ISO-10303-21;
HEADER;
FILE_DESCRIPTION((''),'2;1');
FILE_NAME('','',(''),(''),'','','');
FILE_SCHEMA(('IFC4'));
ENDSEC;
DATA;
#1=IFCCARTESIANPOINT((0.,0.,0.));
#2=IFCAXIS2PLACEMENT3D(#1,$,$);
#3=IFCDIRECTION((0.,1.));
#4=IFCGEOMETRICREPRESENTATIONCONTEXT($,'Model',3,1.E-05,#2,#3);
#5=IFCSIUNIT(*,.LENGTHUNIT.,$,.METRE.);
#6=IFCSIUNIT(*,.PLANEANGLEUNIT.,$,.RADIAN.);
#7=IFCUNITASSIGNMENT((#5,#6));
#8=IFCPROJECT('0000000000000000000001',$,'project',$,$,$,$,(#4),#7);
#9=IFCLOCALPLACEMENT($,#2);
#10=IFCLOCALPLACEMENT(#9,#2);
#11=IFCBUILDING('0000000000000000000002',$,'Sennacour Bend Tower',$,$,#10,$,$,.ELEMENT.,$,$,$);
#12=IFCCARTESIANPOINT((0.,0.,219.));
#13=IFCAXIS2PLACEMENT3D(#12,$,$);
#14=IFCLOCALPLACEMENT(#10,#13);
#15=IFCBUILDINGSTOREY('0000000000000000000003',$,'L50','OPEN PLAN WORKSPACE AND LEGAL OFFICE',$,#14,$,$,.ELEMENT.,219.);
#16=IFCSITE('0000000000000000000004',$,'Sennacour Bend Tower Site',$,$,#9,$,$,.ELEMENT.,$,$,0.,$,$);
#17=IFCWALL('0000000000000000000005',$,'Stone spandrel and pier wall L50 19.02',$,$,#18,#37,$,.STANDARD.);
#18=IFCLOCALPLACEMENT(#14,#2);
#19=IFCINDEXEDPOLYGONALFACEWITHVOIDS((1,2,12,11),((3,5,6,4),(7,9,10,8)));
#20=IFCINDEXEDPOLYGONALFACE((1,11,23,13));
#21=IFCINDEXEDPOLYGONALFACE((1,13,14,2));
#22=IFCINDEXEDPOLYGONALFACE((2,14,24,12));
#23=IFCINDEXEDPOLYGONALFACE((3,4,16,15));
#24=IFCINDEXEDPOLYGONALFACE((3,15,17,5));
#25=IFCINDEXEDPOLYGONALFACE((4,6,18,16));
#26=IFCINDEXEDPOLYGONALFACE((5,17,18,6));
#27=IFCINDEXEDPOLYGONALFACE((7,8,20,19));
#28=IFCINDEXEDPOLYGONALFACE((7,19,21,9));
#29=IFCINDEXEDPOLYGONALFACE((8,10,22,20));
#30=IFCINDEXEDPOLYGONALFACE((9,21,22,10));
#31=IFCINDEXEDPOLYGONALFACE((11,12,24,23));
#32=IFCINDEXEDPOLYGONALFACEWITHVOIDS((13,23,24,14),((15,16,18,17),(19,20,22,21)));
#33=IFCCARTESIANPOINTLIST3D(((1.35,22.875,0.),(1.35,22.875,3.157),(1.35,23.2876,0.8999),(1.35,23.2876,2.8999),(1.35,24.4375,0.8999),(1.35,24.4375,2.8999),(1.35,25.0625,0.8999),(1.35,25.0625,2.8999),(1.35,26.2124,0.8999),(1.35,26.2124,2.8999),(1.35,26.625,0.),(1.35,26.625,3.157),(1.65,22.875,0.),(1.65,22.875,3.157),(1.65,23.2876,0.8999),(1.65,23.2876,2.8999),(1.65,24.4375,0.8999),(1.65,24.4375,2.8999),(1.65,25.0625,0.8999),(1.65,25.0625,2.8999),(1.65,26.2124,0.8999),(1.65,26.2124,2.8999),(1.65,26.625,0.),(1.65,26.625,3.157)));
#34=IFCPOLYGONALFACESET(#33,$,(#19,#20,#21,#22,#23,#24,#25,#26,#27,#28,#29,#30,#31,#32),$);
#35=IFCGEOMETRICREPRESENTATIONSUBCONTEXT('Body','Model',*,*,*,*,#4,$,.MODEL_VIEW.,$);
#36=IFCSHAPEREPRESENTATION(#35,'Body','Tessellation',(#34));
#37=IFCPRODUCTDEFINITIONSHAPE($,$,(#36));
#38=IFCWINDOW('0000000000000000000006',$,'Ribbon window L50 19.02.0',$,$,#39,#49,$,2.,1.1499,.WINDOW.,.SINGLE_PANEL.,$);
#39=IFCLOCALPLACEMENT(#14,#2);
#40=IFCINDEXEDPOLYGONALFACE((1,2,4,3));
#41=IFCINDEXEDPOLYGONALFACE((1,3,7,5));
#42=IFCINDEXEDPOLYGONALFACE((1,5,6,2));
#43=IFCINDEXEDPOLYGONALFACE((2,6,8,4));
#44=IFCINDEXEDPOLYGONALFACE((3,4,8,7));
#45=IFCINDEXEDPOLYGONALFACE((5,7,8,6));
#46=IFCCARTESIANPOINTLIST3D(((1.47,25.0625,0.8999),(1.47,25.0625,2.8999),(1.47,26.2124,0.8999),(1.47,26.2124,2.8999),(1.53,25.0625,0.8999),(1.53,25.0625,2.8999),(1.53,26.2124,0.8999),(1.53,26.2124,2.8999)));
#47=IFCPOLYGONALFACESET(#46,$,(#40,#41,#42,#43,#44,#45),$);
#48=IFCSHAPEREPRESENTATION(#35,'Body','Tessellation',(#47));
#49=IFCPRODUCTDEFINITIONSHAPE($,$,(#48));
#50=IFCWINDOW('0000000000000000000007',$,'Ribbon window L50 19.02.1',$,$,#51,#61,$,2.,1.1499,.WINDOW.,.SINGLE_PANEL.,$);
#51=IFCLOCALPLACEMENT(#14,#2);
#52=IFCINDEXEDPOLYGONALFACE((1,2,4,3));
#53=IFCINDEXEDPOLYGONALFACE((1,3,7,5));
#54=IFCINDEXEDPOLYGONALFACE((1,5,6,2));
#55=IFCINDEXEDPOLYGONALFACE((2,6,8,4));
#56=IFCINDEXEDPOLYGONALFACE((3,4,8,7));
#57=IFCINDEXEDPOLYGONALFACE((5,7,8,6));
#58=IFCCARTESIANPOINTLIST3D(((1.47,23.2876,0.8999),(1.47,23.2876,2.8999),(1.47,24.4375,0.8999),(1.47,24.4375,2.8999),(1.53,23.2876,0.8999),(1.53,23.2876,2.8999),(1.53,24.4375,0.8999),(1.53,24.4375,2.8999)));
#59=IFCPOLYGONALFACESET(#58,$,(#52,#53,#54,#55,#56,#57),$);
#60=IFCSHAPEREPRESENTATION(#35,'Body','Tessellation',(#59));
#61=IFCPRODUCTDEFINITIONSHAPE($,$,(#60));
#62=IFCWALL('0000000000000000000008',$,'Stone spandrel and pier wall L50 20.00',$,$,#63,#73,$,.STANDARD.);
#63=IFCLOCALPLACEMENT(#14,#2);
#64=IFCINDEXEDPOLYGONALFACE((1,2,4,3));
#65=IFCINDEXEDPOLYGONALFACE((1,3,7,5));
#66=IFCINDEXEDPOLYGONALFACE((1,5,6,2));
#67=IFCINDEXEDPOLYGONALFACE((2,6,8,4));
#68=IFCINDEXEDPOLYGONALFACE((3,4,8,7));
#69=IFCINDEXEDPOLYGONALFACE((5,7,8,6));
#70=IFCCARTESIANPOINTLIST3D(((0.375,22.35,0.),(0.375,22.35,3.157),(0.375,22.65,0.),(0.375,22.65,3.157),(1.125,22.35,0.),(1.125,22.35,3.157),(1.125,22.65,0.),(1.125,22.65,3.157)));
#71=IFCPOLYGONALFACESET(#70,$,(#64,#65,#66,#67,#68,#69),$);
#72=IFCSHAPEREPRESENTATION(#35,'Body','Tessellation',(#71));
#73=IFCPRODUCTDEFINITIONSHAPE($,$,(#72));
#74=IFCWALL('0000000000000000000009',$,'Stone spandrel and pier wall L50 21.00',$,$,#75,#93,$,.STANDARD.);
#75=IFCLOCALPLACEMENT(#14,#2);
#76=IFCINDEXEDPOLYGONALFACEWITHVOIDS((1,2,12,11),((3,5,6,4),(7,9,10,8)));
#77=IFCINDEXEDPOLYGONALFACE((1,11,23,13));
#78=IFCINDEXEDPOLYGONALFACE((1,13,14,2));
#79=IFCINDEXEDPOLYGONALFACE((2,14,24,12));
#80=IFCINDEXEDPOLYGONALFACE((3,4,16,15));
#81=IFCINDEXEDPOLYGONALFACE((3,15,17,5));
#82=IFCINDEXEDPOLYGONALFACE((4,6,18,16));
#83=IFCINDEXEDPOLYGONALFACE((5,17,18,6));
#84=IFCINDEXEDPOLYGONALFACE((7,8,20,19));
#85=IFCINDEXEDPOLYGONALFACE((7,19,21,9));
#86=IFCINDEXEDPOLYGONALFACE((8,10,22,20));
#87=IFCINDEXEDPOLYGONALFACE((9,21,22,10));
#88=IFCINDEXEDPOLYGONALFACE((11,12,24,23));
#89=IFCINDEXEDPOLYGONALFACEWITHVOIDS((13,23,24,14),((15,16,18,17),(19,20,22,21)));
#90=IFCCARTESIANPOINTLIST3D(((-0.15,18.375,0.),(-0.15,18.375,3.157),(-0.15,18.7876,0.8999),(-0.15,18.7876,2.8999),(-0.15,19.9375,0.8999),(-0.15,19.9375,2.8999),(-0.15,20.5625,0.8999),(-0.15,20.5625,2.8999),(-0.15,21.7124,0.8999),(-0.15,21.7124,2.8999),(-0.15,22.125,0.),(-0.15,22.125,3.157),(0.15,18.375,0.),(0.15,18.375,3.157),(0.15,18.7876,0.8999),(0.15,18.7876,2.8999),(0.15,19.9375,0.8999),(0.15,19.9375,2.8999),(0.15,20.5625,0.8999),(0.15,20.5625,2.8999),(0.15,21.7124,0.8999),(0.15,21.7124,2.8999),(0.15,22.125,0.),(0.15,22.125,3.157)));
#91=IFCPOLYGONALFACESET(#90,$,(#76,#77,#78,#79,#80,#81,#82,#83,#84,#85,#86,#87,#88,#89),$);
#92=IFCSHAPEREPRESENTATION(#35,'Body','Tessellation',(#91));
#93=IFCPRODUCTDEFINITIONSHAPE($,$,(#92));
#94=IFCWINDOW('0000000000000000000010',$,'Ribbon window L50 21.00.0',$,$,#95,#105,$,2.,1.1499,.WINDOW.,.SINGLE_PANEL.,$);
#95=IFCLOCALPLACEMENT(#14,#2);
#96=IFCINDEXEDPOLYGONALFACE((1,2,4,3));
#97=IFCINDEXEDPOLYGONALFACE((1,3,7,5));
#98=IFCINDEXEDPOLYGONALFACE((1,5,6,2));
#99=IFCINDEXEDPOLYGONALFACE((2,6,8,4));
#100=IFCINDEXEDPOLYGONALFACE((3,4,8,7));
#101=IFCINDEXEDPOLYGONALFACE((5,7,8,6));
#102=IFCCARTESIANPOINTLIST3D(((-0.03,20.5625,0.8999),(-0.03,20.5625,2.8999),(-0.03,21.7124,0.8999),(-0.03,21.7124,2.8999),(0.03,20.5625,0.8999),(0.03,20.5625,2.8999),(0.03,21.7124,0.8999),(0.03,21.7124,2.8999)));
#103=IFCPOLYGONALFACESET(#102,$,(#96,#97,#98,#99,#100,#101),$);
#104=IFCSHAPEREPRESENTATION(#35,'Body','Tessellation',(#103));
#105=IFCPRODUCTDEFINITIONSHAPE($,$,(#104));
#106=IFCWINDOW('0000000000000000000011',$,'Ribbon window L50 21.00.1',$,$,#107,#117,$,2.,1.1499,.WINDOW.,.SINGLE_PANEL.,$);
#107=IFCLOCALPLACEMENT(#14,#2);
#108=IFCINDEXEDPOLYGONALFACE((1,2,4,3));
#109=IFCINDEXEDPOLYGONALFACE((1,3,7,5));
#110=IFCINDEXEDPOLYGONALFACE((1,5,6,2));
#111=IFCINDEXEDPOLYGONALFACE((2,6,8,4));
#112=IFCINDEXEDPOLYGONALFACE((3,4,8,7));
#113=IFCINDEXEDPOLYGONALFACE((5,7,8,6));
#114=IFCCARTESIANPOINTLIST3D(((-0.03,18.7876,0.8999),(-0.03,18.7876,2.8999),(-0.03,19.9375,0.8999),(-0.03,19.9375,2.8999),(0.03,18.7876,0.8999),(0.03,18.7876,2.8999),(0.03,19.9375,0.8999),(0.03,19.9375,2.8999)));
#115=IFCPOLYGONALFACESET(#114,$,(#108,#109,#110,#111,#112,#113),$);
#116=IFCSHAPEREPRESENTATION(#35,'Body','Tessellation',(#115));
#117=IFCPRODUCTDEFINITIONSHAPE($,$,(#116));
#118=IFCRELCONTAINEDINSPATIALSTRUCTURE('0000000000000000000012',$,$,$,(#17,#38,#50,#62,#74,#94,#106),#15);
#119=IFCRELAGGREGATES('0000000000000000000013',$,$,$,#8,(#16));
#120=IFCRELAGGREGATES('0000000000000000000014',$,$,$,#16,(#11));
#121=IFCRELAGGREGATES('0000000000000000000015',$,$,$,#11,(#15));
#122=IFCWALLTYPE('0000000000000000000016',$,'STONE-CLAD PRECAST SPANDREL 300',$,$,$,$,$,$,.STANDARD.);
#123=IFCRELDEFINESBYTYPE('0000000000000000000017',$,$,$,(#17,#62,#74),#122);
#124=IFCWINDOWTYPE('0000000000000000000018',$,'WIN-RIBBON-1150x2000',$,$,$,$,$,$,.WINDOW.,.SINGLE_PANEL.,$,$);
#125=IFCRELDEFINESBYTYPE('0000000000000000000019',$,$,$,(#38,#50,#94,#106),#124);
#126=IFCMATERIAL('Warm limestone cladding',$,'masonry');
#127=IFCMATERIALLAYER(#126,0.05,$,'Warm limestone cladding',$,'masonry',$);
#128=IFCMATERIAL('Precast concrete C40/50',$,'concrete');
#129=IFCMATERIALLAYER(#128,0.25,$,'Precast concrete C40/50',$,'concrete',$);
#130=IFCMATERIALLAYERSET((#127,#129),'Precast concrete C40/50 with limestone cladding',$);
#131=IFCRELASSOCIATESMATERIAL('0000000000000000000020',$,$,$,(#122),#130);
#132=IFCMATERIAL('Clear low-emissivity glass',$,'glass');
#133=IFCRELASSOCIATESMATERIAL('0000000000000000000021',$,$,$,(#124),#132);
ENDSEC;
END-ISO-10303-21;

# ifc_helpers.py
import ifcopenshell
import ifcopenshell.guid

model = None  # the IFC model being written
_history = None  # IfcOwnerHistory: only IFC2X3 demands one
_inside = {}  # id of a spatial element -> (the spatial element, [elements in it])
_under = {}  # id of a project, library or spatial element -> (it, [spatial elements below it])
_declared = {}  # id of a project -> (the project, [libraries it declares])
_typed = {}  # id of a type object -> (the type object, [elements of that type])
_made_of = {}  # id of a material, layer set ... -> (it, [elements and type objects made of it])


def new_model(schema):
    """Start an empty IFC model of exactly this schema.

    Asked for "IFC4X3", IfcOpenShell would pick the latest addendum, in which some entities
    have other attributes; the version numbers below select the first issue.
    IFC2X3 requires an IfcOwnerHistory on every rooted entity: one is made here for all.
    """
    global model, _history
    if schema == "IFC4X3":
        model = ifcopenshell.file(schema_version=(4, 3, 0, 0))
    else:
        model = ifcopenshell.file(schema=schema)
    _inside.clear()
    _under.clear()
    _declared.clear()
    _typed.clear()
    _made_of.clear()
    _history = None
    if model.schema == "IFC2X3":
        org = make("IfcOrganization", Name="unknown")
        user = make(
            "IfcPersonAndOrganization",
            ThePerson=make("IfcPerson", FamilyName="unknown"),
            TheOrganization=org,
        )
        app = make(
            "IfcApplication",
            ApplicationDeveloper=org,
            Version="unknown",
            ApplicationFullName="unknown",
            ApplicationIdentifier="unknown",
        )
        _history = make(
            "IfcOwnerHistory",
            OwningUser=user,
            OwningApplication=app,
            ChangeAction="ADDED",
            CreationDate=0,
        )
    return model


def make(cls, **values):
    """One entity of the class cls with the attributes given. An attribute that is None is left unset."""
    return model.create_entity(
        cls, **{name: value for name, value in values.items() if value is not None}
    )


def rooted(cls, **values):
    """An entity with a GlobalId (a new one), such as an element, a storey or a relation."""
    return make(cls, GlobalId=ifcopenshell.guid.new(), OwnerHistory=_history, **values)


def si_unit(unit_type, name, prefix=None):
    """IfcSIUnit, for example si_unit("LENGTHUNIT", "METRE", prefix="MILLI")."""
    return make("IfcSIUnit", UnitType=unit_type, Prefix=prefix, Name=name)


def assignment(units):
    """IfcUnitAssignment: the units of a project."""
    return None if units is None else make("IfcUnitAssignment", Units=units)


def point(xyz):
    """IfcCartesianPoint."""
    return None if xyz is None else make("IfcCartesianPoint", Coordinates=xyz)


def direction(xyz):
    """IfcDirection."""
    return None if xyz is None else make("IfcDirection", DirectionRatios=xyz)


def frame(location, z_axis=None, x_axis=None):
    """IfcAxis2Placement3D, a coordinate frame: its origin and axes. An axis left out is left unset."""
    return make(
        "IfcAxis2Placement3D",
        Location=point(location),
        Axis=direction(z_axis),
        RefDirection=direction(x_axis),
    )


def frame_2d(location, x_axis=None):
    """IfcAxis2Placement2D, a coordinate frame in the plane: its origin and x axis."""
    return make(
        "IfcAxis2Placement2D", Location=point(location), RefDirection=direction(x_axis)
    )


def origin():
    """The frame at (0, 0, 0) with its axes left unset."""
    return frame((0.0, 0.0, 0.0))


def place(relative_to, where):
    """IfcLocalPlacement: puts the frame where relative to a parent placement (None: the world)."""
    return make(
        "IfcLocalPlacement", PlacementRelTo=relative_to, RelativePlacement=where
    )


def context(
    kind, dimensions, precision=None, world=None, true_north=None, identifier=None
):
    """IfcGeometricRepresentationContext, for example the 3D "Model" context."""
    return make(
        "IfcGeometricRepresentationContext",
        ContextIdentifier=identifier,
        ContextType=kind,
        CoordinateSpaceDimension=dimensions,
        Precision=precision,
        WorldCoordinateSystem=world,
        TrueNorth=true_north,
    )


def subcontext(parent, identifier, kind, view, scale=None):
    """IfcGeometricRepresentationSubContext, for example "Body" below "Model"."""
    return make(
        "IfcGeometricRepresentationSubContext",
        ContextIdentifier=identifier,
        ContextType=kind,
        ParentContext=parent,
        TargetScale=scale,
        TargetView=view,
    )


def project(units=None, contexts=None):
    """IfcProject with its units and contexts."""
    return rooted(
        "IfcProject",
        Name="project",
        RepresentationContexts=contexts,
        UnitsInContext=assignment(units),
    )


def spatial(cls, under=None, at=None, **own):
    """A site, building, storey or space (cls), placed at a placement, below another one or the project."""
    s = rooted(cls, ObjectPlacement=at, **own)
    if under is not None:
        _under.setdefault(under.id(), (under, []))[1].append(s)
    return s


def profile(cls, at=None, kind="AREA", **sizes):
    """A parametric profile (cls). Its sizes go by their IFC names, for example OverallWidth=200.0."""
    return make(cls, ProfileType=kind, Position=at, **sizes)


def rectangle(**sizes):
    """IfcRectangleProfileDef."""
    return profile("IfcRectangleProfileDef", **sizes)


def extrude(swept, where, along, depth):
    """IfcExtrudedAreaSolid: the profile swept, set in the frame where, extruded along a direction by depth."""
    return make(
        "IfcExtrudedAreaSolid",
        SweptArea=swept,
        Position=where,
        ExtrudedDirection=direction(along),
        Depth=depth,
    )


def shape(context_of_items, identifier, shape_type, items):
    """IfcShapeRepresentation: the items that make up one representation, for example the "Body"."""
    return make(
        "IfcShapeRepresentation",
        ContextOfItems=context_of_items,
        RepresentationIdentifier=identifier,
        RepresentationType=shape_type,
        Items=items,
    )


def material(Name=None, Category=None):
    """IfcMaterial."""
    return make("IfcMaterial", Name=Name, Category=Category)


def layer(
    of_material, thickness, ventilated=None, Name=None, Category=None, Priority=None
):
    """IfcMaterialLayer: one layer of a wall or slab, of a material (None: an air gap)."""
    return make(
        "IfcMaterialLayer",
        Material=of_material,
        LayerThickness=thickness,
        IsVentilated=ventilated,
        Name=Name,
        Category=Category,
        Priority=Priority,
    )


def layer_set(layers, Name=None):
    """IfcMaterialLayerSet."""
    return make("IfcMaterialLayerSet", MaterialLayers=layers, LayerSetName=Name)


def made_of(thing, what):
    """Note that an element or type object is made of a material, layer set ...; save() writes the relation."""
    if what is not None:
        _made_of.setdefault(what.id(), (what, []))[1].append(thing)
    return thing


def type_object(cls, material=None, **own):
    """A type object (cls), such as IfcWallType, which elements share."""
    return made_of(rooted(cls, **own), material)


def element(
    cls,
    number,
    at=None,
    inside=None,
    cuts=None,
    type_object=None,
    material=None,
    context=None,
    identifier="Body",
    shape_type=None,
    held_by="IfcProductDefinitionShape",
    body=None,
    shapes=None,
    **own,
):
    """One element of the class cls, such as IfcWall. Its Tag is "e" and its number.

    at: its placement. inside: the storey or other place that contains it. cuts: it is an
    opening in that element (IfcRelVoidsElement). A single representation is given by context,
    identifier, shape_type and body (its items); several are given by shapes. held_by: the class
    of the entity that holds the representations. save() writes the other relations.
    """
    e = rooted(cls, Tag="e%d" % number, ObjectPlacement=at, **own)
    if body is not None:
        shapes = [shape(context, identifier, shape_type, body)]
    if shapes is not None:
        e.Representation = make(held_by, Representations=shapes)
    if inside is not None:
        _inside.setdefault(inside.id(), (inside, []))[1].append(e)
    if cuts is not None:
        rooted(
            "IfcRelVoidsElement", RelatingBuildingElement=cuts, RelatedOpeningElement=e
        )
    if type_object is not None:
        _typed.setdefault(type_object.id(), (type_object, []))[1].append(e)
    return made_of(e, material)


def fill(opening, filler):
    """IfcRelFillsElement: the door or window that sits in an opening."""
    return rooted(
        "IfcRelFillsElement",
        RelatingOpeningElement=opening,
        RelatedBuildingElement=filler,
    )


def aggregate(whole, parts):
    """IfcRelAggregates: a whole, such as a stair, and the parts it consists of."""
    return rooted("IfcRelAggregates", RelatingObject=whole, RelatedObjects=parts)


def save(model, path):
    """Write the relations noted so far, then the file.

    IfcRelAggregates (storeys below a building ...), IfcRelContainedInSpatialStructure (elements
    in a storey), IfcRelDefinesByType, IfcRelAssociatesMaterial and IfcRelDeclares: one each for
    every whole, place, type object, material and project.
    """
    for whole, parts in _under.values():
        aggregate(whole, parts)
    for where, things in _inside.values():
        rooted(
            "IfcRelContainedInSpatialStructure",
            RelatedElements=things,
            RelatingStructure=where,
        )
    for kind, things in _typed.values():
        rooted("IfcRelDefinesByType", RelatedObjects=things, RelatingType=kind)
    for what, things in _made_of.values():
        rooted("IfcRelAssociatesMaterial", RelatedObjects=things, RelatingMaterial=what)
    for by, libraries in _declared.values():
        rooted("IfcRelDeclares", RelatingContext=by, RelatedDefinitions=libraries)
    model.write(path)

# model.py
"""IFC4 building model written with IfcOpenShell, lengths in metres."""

from ifc_helpers import new_model, si_unit, direction, frame, frame_2d, origin, place, context, subcontext, project, spatial, rectangle, extrude, material, layer, layer_set, type_object, element, fill, save


model = new_model("IFC4")

# Units and contexts
model_context = context("Model", 3, precision=1e-05, world=origin(), true_north=direction((0.0, 1.0)))
body_context = subcontext(model_context, "Body", "Model", "MODEL_VIEW")
ifc_project = project(units=[si_unit("LENGTHUNIT", "METRE"), si_unit("PLANEANGLEUNIT", "RADIAN")], contexts=[model_context])

# Site, building, storey
site_placement = place(None, origin())
site = spatial("IfcSite", under=ifc_project, at=site_placement, Name="Sennacour Bend Tower Site", CompositionType="ELEMENT", RefElevation=0.0)
building_placement = place(site_placement, origin())
building = spatial("IfcBuilding", under=site, at=building_placement, Name="Sennacour Bend Tower", CompositionType="ELEMENT")
storey_placement = place(building_placement, frame((0.0, 0.0, 219.0)))
storey = spatial("IfcBuildingStorey", under=building, at=storey_placement, Name="L50", Description="OPEN PLAN WORKSPACE AND LEGAL OFFICE", CompositionType="ELEMENT", Elevation=219.0)

# Wall, openings, windows
ifc_material_1 = material(Name="Warm limestone cladding", Category="masonry")
ifc_layer_1 = layer(ifc_material_1, 0.05, Name="Warm limestone cladding", Category="masonry")
ifc_material_2 = material(Name="Precast concrete C40/50", Category="concrete")
ifc_layer_2 = layer(ifc_material_2, 0.25, Name="Precast concrete C40/50", Category="concrete")
ifc_layer_set_1 = layer_set([ifc_layer_1, ifc_layer_2], Name="Precast concrete C40/50 with limestone cladding")
wall_type_1 = type_object("IfcWallType", Name="STONE-CLAD PRECAST SPANDREL 300", PredefinedType="STANDARD", material=ifc_layer_set_1)
wall_1_placement = place(storey_placement, frame((1.5, 26.625, 0.0), z_axis=(0.0, 0.0, 1.0), x_axis=(0.0, -1.0, 0.0)))
wall_1 = element("IfcWall", 1, at=wall_1_placement, inside=storey, type_object=wall_type_1, Name="Stone spandrel and pier wall L50 19.02", PredefinedType="STANDARD", context=body_context, shape_type="SweptSolid", body=[
    extrude(rectangle(XDim=3.75, YDim=0.3, at=frame_2d((1.875, 0.0))), origin(), (0.0, 0.0, 1.0), 3.157),
])
opening_1_placement = place(wall_1_placement, frame((0.4126, 0.0, 0.8999)))
opening_1 = element("IfcOpeningElement", 2, at=opening_1_placement, cuts=wall_1, PredefinedType="OPENING", context=body_context, shape_type="SweptSolid", body=[
    extrude(rectangle(XDim=1.1499, YDim=2.0, at=frame_2d((0.575, 1.0))), frame((0.0, 0.1602, 0.0), z_axis=(0.0, -1.0, 0.0), x_axis=(1.0, 0.0, 0.0)), (0.0, 0.0, 1.0), 0.3201),
])
opening_2_placement = place(wall_1_placement, frame((2.1875, 0.0, 0.8999)))
opening_2 = element("IfcOpeningElement", 3, at=opening_2_placement, cuts=wall_1, PredefinedType="OPENING", context=body_context, shape_type="SweptSolid", body=[
    extrude(rectangle(XDim=1.1499, YDim=2.0, at=frame_2d((0.575, 1.0))), frame((0.0, 0.1602, 0.0), z_axis=(0.0, -1.0, 0.0), x_axis=(1.0, 0.0, 0.0)), (0.0, 0.0, 1.0), 0.3201),
])
ifc_material_3 = material(Name="Clear low-emissivity glass", Category="glass")
window_type = type_object("IfcWindowType", Name="WIN-RIBBON-1150x2000", PartitioningType="SINGLE_PANEL", PredefinedType="WINDOW", material=ifc_material_3)
window_1_placement = place(opening_1_placement, origin())
window_1 = element("IfcWindow", 4, at=window_1_placement, inside=storey, type_object=window_type, Name="Ribbon window L50 19.02.0", OverallHeight=2.0, OverallWidth=1.1499, PartitioningType="SINGLE_PANEL", PredefinedType="WINDOW", context=body_context, shape_type="SweptSolid", body=[
    extrude(rectangle(XDim=1.1499, YDim=2.0, at=frame_2d((0.575, 1.0))), frame((0.0, 0.03, 0.0), z_axis=(0.0, -1.0, 0.0), x_axis=(1.0, 0.0, 0.0)), (0.0, 0.0, 1.0), 0.0601),
])
fill(opening_1, window_1)
window_2_placement = place(opening_2_placement, origin())
window_2 = element("IfcWindow", 5, at=window_2_placement, inside=storey, type_object=window_type, Name="Ribbon window L50 19.02.1", OverallHeight=2.0, OverallWidth=1.1499, PartitioningType="SINGLE_PANEL", PredefinedType="WINDOW", context=body_context, shape_type="SweptSolid", body=[
    extrude(rectangle(XDim=1.1499, YDim=2.0, at=frame_2d((0.575, 1.0))), frame((0.0, 0.03, 0.0), z_axis=(0.0, -1.0, 0.0), x_axis=(1.0, 0.0, 0.0)), (0.0, 0.0, 1.0), 0.0601),
])
fill(opening_2, window_2)

# Wall
wall_2_placement = place(storey_placement, frame((1.125, 22.5, 0.0), z_axis=(0.0, 0.0, 1.0), x_axis=(-1.0, 0.0, 0.0)))
element("IfcWall", 6, at=wall_2_placement, inside=storey, type_object=wall_type_1, Name="Stone spandrel and pier wall L50 20.00", PredefinedType="STANDARD", context=body_context, shape_type="SweptSolid", body=[
    extrude(rectangle(XDim=0.75, YDim=0.3, at=frame_2d((0.375, 0.0))), origin(), (0.0, 0.0, 1.0), 3.157),
])

# Wall, openings, windows
wall_3_placement = place(storey_placement, frame((0.0, 22.125, 0.0), z_axis=(0.0, 0.0, 1.0), x_axis=(0.0, -1.0, 0.0)))
wall_3 = element("IfcWall", 7, at=wall_3_placement, inside=storey, type_object=wall_type_1, Name="Stone spandrel and pier wall L50 21.00", PredefinedType="STANDARD", context=body_context, shape_type="SweptSolid", body=[
    extrude(rectangle(XDim=3.75, YDim=0.3, at=frame_2d((1.875, 0.0))), origin(), (0.0, 0.0, 1.0), 3.157),
])
opening_3_placement = place(wall_3_placement, frame((0.4126, 0.0, 0.8999)))
opening_3 = element("IfcOpeningElement", 8, at=opening_3_placement, cuts=wall_3, PredefinedType="OPENING", context=body_context, shape_type="SweptSolid", body=[
    extrude(rectangle(XDim=1.1499, YDim=2.0, at=frame_2d((0.575, 1.0))), frame((0.0, 0.1602, 0.0), z_axis=(0.0, -1.0, 0.0), x_axis=(1.0, 0.0, 0.0)), (0.0, 0.0, 1.0), 0.3201),
])
opening_4_placement = place(wall_3_placement, frame((2.1875, 0.0, 0.8999)))
opening_4 = element("IfcOpeningElement", 9, at=opening_4_placement, cuts=wall_3, PredefinedType="OPENING", context=body_context, shape_type="SweptSolid", body=[
    extrude(rectangle(XDim=1.1499, YDim=2.0, at=frame_2d((0.575, 1.0))), frame((0.0, 0.1602, 0.0), z_axis=(0.0, -1.0, 0.0), x_axis=(1.0, 0.0, 0.0)), (0.0, 0.0, 1.0), 0.3201),
])
window_3_placement = place(opening_3_placement, origin())
window_3 = element("IfcWindow", 10, at=window_3_placement, inside=storey, type_object=window_type, Name="Ribbon window L50 21.00.0", OverallHeight=2.0, OverallWidth=1.1499, PartitioningType="SINGLE_PANEL", PredefinedType="WINDOW", context=body_context, shape_type="SweptSolid", body=[
    extrude(rectangle(XDim=1.1499, YDim=2.0, at=frame_2d((0.575, 1.0))), frame((0.0, 0.03, 0.0), z_axis=(0.0, -1.0, 0.0), x_axis=(1.0, 0.0, 0.0)), (0.0, 0.0, 1.0), 0.0601),
])
fill(opening_3, window_3)
window_4_placement = place(opening_4_placement, origin())
window_4 = element("IfcWindow", 11, at=window_4_placement, inside=storey, type_object=window_type, Name="Ribbon window L50 21.00.1", OverallHeight=2.0, OverallWidth=1.1499, PartitioningType="SINGLE_PANEL", PredefinedType="WINDOW", context=body_context, shape_type="SweptSolid", body=[
    extrude(rectangle(XDim=1.1499, YDim=2.0, at=frame_2d((0.575, 1.0))), frame((0.0, 0.03, 0.0), z_axis=(0.0, -1.0, 0.0), x_axis=(1.0, 0.0, 0.0)), (0.0, 0.0, 1.0), 0.0601),
])
fill(opening_4, window_4)

save(model, "model.ifc")
